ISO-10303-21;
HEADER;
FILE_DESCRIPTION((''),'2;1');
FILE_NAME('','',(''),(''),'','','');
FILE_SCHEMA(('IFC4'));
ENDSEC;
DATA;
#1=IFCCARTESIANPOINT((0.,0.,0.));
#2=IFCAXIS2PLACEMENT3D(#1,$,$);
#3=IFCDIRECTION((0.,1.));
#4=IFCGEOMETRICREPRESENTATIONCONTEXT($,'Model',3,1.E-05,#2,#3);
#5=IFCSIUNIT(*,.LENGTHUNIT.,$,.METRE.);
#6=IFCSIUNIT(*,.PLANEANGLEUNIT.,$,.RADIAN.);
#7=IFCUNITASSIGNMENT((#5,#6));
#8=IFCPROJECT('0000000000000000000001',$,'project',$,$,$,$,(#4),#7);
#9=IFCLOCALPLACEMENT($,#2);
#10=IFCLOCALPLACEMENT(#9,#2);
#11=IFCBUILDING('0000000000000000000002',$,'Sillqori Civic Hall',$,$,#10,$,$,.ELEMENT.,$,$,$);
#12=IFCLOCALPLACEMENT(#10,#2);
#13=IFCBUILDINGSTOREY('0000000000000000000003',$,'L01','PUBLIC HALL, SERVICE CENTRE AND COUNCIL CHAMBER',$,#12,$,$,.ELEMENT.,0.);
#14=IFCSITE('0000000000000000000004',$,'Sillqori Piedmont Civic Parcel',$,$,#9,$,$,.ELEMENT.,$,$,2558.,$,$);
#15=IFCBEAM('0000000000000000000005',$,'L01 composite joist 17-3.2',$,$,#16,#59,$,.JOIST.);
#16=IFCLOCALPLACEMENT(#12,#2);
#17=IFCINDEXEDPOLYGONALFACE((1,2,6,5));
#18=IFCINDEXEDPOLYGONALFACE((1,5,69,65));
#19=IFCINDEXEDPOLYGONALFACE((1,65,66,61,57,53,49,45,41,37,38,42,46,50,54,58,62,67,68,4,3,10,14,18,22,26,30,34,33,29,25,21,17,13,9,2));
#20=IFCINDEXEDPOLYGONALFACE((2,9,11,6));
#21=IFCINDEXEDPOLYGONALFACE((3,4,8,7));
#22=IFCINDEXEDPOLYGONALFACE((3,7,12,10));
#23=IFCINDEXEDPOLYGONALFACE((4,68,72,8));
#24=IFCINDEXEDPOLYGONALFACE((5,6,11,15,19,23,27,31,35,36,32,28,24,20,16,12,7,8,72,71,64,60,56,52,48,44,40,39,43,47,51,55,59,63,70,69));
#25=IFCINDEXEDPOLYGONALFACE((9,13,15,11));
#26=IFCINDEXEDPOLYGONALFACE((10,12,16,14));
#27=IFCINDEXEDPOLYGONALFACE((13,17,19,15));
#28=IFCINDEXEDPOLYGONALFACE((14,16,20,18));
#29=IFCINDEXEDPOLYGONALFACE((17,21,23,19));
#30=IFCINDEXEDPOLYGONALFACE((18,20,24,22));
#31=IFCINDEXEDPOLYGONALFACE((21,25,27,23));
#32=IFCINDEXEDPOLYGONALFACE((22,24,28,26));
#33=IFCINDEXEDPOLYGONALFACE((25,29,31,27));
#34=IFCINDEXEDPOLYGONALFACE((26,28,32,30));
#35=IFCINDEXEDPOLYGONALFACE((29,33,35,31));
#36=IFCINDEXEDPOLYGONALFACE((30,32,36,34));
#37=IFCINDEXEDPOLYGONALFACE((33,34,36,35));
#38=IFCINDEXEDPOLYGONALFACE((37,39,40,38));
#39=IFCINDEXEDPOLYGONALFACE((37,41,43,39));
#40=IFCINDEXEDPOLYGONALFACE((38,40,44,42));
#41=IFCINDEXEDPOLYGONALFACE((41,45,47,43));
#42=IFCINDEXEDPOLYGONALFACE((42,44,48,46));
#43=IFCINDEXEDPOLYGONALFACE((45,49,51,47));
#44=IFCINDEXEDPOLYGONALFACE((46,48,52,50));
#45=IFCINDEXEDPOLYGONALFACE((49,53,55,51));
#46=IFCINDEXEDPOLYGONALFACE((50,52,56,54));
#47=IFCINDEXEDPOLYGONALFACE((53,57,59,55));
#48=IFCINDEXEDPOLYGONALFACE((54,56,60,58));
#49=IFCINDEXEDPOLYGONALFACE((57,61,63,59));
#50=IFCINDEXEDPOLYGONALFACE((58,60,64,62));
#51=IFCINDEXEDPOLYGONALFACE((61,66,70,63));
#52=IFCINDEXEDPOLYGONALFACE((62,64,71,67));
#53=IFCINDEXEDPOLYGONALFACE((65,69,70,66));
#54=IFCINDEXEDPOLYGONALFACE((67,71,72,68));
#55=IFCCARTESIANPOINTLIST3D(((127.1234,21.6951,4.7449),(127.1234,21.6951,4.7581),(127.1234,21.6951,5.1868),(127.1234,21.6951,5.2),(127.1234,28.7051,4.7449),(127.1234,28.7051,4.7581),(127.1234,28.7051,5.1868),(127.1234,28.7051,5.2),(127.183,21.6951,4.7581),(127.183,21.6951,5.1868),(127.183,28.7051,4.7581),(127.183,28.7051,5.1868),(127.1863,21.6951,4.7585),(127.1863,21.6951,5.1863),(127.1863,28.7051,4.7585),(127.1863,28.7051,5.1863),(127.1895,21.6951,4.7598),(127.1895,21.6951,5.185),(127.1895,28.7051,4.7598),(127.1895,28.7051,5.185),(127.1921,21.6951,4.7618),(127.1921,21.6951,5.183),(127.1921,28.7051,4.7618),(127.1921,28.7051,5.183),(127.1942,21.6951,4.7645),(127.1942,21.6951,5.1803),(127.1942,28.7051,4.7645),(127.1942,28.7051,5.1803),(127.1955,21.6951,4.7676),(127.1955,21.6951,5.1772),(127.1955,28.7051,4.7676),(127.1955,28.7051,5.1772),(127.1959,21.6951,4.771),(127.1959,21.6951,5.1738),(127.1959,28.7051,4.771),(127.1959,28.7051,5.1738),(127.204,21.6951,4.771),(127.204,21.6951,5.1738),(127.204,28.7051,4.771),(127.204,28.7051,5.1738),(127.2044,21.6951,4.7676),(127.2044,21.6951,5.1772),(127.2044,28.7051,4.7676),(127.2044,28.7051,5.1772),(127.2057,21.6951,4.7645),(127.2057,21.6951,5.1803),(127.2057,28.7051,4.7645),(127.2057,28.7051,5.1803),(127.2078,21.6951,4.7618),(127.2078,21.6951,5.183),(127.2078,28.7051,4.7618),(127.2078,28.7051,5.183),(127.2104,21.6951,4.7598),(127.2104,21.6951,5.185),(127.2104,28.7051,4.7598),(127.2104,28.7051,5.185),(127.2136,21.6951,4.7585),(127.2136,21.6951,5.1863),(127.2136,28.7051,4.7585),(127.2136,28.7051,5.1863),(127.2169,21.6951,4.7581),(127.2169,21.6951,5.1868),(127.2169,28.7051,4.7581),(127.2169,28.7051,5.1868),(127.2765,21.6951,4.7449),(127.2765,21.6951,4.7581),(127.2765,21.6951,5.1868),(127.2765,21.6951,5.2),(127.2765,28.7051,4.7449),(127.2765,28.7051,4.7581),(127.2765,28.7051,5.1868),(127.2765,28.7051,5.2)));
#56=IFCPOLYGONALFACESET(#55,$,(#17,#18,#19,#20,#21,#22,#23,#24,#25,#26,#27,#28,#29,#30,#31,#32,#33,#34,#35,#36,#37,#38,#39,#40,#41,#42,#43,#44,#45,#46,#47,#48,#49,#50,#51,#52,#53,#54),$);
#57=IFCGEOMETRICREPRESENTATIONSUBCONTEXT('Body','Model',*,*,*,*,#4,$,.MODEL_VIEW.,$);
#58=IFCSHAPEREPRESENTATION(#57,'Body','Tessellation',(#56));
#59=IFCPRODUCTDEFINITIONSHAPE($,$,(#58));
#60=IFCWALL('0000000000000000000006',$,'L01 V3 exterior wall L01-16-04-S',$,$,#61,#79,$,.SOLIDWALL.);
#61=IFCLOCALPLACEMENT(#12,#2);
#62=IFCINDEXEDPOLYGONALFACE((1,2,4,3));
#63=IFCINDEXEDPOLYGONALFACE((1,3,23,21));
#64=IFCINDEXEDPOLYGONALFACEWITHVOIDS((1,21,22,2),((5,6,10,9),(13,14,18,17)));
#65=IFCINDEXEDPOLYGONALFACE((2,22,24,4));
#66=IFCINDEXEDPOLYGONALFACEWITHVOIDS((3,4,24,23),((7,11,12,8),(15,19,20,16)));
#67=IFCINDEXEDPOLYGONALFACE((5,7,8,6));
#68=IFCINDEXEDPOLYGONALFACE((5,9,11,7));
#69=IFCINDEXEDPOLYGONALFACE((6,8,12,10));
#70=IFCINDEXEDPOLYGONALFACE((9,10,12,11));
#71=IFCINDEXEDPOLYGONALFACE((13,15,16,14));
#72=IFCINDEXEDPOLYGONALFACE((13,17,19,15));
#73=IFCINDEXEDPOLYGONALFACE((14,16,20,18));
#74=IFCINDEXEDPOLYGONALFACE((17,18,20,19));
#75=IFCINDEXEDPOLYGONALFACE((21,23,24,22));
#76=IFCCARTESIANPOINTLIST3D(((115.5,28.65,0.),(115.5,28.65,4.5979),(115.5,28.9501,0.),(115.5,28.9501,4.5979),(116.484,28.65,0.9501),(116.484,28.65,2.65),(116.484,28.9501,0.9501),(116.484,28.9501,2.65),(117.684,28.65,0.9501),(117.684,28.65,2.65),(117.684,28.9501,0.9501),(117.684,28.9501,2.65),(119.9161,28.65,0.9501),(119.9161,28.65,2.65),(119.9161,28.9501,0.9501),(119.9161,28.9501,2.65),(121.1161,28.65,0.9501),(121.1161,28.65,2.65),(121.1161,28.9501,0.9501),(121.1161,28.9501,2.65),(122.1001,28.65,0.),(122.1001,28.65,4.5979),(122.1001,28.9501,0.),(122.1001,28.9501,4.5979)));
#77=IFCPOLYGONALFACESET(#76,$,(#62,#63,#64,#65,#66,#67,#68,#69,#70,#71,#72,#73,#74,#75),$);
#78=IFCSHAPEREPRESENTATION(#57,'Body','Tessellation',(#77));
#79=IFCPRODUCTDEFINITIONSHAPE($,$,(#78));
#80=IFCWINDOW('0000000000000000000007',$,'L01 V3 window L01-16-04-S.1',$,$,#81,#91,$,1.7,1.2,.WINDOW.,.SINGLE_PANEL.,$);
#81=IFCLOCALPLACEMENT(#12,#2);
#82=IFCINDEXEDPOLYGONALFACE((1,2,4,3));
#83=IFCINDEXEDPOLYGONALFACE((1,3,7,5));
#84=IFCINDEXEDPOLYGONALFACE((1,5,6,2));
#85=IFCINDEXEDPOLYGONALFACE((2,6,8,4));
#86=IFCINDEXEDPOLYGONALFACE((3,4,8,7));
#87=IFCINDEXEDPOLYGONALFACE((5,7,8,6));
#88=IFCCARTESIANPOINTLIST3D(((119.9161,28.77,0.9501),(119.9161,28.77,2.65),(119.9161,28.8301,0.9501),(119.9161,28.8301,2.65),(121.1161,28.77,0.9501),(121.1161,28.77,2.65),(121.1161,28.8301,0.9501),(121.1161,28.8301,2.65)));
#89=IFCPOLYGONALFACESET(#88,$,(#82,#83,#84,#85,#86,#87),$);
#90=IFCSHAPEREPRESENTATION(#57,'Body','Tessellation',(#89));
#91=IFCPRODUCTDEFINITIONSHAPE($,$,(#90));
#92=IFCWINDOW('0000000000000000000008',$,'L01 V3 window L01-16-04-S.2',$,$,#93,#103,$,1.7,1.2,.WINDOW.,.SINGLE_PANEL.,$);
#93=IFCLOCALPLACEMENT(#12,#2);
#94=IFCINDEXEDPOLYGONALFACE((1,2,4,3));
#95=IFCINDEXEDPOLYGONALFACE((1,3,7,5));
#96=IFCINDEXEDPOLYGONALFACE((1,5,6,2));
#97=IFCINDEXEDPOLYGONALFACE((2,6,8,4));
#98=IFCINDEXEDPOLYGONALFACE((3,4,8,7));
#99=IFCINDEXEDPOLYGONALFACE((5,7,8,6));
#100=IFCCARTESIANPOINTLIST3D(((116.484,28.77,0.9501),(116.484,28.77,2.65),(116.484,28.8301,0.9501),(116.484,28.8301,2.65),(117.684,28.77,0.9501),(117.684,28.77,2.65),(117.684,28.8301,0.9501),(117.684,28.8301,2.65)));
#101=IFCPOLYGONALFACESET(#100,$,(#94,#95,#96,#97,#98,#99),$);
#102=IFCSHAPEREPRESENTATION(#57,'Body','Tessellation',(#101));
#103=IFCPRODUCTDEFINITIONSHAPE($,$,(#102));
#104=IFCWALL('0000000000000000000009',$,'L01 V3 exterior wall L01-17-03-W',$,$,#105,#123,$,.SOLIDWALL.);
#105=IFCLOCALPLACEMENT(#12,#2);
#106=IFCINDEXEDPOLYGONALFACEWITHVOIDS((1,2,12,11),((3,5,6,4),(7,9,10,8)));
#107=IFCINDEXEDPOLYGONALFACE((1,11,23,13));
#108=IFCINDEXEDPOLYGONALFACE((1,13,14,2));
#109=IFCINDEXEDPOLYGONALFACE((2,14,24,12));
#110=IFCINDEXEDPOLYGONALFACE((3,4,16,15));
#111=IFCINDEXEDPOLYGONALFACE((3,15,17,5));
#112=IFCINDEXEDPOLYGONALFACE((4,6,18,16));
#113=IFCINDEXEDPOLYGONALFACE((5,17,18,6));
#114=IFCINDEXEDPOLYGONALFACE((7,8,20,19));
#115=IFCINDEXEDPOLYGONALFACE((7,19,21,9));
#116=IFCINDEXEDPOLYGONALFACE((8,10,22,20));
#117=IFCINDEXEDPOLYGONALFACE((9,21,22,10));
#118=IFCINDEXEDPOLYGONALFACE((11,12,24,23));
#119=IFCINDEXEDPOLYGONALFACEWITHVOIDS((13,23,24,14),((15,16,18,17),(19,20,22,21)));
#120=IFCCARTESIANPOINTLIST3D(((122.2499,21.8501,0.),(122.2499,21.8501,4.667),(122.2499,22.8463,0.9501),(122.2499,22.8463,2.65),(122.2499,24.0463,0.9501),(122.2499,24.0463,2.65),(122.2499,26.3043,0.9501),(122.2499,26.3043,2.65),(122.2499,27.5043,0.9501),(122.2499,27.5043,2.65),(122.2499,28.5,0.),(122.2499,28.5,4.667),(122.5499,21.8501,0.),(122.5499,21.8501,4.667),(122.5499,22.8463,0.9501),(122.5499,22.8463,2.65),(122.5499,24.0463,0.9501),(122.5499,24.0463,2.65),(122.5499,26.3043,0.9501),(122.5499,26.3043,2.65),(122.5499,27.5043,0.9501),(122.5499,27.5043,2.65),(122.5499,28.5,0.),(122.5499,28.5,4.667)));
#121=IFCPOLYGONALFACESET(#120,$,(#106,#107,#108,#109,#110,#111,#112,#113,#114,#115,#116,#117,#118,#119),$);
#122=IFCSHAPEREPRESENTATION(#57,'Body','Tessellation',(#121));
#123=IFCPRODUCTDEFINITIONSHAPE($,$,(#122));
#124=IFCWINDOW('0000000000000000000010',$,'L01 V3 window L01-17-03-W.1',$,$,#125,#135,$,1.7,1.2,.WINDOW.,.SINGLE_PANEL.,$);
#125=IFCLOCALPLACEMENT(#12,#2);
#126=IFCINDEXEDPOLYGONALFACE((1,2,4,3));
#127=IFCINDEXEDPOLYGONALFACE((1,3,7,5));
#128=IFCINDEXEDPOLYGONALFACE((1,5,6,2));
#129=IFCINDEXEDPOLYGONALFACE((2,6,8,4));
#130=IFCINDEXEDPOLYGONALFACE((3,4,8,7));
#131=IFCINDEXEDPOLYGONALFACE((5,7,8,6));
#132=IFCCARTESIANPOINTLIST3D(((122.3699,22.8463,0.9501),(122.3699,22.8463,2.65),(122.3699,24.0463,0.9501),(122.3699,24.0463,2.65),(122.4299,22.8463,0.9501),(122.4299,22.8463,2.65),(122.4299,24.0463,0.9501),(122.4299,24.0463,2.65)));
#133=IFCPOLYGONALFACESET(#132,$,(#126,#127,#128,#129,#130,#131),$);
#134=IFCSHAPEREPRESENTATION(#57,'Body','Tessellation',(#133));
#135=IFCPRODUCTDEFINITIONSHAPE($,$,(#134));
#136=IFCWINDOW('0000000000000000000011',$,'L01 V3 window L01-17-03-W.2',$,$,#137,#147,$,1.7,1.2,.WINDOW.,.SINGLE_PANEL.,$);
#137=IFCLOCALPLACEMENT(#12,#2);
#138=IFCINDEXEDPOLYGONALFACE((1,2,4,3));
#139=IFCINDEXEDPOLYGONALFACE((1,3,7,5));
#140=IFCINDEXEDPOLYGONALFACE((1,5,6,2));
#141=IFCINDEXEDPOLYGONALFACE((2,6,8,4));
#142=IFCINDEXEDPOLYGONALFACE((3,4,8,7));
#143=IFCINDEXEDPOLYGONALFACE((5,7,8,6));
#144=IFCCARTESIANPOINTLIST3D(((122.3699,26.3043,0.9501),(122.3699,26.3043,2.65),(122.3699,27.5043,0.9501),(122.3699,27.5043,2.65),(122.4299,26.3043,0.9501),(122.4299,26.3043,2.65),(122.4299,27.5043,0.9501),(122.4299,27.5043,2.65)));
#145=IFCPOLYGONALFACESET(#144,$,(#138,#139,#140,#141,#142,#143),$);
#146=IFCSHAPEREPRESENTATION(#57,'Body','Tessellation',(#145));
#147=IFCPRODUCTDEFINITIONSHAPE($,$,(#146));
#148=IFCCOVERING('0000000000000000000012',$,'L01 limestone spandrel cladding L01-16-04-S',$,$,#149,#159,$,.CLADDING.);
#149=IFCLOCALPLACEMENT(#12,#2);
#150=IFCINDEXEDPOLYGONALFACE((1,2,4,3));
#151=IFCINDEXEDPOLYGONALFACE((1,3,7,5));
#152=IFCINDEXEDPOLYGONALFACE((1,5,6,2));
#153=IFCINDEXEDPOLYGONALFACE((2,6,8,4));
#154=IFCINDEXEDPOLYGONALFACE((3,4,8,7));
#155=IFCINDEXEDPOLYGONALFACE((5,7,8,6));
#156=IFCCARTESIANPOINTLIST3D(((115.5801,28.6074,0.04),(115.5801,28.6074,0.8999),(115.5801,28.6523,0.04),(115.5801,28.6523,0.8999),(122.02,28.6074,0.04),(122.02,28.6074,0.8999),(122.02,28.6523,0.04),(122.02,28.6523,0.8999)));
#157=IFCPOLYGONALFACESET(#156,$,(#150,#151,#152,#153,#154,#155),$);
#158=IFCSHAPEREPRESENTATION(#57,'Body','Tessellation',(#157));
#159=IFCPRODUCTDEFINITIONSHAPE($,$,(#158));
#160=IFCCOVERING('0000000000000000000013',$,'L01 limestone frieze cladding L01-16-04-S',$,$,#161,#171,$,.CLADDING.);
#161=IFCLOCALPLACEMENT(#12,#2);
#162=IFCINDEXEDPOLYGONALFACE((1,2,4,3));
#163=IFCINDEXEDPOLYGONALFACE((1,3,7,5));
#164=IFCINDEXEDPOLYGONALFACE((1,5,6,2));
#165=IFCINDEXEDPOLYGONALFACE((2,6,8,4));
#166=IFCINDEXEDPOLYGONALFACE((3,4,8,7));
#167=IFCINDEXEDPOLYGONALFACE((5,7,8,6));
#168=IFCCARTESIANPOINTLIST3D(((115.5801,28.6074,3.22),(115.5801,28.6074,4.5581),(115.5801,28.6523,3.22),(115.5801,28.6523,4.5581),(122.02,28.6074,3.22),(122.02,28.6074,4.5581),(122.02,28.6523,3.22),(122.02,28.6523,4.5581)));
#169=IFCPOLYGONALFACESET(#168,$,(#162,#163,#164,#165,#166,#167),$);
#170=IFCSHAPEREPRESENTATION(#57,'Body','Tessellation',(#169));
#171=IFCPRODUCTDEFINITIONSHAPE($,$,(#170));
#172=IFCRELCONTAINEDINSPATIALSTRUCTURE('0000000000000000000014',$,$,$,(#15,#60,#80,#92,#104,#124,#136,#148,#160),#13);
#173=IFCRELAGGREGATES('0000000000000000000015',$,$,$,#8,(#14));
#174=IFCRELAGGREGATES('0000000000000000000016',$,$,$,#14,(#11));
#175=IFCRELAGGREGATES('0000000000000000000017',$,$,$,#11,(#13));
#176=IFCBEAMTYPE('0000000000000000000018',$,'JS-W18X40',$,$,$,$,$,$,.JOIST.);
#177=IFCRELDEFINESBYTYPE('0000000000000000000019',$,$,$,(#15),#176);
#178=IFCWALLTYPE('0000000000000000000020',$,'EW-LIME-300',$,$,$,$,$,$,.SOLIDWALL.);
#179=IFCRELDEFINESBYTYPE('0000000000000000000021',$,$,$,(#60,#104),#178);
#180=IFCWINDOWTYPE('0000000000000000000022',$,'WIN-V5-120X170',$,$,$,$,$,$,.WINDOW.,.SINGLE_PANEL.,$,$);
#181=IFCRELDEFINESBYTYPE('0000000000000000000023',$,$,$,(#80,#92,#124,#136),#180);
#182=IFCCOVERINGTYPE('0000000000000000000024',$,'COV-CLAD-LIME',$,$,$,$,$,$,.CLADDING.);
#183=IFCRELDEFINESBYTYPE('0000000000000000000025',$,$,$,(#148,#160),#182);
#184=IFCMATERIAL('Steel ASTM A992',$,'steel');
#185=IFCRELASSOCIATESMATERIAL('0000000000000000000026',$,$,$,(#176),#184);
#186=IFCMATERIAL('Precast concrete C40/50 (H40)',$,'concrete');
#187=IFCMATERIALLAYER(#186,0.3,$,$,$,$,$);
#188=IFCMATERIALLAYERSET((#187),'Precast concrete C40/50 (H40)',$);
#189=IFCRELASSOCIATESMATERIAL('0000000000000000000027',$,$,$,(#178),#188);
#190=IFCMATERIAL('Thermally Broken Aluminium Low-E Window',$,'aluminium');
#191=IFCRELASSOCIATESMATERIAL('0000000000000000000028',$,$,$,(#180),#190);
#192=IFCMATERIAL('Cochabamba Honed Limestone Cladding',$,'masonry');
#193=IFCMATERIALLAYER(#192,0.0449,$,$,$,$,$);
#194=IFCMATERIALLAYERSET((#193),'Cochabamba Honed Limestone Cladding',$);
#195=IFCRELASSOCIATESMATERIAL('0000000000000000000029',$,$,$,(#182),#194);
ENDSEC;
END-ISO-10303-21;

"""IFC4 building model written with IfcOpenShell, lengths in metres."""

from ifc_helpers import new_model, si_unit, direction, frame, frame_2d, origin, origin_2d, place, context, subcontext, project, spatial, rectangle, i_section, extrude, material, layer, layer_set, material_profile, profile_set, type_object, element, fill, save


model = new_model("IFC4")

# Units and contexts
model_context = context("Model", 3, precision=1e-05, world=origin(), true_north=direction((0.0, 1.0)))
body_context = subcontext(model_context, "Body", "Model", "MODEL_VIEW")
ifc_project = project(units=[si_unit("LENGTHUNIT", "METRE"), si_unit("PLANEANGLEUNIT", "RADIAN")], contexts=[model_context])

# Site, building, storey
site_placement = place(None, origin())
site = spatial("IfcSite", under=ifc_project, at=site_placement, Name="Sillqori Piedmont Civic Parcel", CompositionType="ELEMENT", RefElevation=2558.0)
building_placement = place(site_placement, origin())
building = spatial("IfcBuilding", under=site, at=building_placement, Name="Sillqori Civic Hall", CompositionType="ELEMENT")
storey_placement = place(building_placement, origin())
storey = spatial("IfcBuildingStorey", under=building, at=storey_placement, Name="L01", Description="PUBLIC HALL, SERVICE CENTRE AND COUNCIL CHAMBER", CompositionType="ELEMENT", Elevation=0.0)

# Shared definitions
ifc_material_1 = material(Name="Steel ASTM A992", Category="steel")

# Beam
ifc_material_profile_1 = material_profile(ifc_material_1, i_section(OverallWidth=0.1531, OverallDepth=0.4551, WebThickness=0.0081, FlangeThickness=0.0132, FilletRadius=0.0129, at=origin_2d()), Name="W18X40")
ifc_profile_set_1 = profile_set([ifc_material_profile_1], Name="Steel ASTM A992")
beam_type_1 = type_object("IfcBeamType", Name="JS-W18X40", PredefinedType="JOIST", material=ifc_profile_set_1)
for number, where, z_axis, x_axis, name in (
    (1, (127.2, 21.6951, 4.9724), (0.0, 1.0, 0.0), (-1.0, 0.0, 0.0), "L01 composite joist 17-3.2"),
):
    element("IfcBeam", number, at=place(storey_placement, frame(where, z_axis=z_axis, x_axis=x_axis)), inside=storey, type_object=beam_type_1, Name=name, PredefinedType="JOIST", context=body_context, shape_type="SweptSolid", body=[
        extrude(i_section(OverallWidth=0.1531, OverallDepth=0.4551, WebThickness=0.0081, FlangeThickness=0.0132, FilletRadius=0.0129, at=origin_2d()), origin(), (0.0, 0.0, 1.0), 7.01),
    ])

# Walls, openings, windows
ifc_material_2 = material(Name="Precast concrete C40/50 (H40)", Category="concrete")
ifc_layer_1 = layer(ifc_material_2, 0.3)
ifc_layer_set_1 = layer_set([ifc_layer_1], Name="Precast concrete C40/50 (H40)")
wall_type = type_object("IfcWallType", Name="EW-LIME-300", PredefinedType="SOLIDWALL", material=ifc_layer_set_1)
wall_1_placement = place(storey_placement, frame((122.1001, 28.8, 0.0), z_axis=(0.0, 0.0, 1.0), x_axis=(-1.0, 0.0, 0.0)))
wall_1 = element("IfcWall", 2, at=wall_1_placement, inside=storey, type_object=wall_type, Name="L01 V3 exterior wall L01-16-04-S", PredefinedType="SOLIDWALL", context=body_context, shape_type="SweptSolid", body=[
    extrude(rectangle(XDim=6.6001, YDim=0.3, at=frame_2d((3.3, 0.0))), origin(), (0.0, 0.0, 1.0), 4.5979),
])
opening_1_placement = place(wall_1_placement, frame((0.9839, 0.0, 0.95)))
opening_1 = element("IfcOpeningElement", 3, at=opening_1_placement, cuts=wall_1, PredefinedType="OPENING", context=body_context, shape_type="SweptSolid", body=[
    extrude(rectangle(XDim=1.2, YDim=1.7, at=frame_2d((0.6001, 0.8501))), frame((0.0, 0.1599, 0.0), z_axis=(0.0, -1.0, 0.0), x_axis=(1.0, 0.0, 0.0)), (0.0, 0.0, 1.0), 0.3201),
])
opening_2_placement = place(wall_1_placement, frame((4.416, 0.0, 0.95)))
opening_2 = element("IfcOpeningElement", 4, at=opening_2_placement, cuts=wall_1, PredefinedType="OPENING", context=body_context, shape_type="SweptSolid", body=[
    extrude(rectangle(XDim=1.2, YDim=1.7, at=frame_2d((0.6001, 0.8501))), frame((0.0, 0.1599, 0.0), z_axis=(0.0, -1.0, 0.0), x_axis=(1.0, 0.0, 0.0)), (0.0, 0.0, 1.0), 0.3201),
])
ifc_material_3 = material(Name="Thermally Broken Aluminium Low-E Window", Category="aluminium")
window_type = type_object("IfcWindowType", Name="WIN-V5-120X170", PartitioningType="SINGLE_PANEL", PredefinedType="WINDOW", material=ifc_material_3)
window_1_placement = place(opening_1_placement, origin())
window_1 = element("IfcWindow", 5, at=window_1_placement, inside=storey, type_object=window_type, Name="L01 V3 window L01-16-04-S.1", OverallHeight=1.7, OverallWidth=1.2, PartitioningType="SINGLE_PANEL", PredefinedType="WINDOW", context=body_context, shape_type="SweptSolid", body=[
    extrude(rectangle(XDim=1.2, YDim=1.7, at=frame_2d((0.6001, 0.8501))), frame((0.0, 0.03, 0.0), z_axis=(0.0, -1.0, 0.0), x_axis=(1.0, 0.0, 0.0)), (0.0, 0.0, 1.0), 0.0601),
])
fill(opening_1, window_1)
window_2_placement = place(opening_2_placement, origin())
window_2 = element("IfcWindow", 6, at=window_2_placement, inside=storey, type_object=window_type, Name="L01 V3 window L01-16-04-S.2", OverallHeight=1.7, OverallWidth=1.2, PartitioningType="SINGLE_PANEL", PredefinedType="WINDOW", context=body_context, shape_type="SweptSolid", body=[
    extrude(rectangle(XDim=1.2, YDim=1.7, at=frame_2d((0.6001, 0.8501))), frame((0.0, 0.03, 0.0), z_axis=(0.0, -1.0, 0.0), x_axis=(1.0, 0.0, 0.0)), (0.0, 0.0, 1.0), 0.0601),
])
fill(opening_2, window_2)
wall_2_placement = place(storey_placement, frame((122.3999, 21.8501, 0.0), z_axis=(0.0, 0.0, 1.0), x_axis=(0.0, 1.0, 0.0)))
wall_2 = element("IfcWall", 7, at=wall_2_placement, inside=storey, type_object=wall_type, Name="L01 V3 exterior wall L01-17-03-W", PredefinedType="SOLIDWALL", context=body_context, shape_type="SweptSolid", body=[
    extrude(rectangle(XDim=6.6499, YDim=0.3, at=frame_2d((3.325, 0.0))), origin(), (0.0, 0.0, 1.0), 4.667),
])
opening_3_placement = place(wall_2_placement, frame((0.9961, 0.0, 0.95)))
opening_3 = element("IfcOpeningElement", 8, at=opening_3_placement, cuts=wall_2, PredefinedType="OPENING", context=body_context, shape_type="SweptSolid", body=[
    extrude(rectangle(XDim=1.2, YDim=1.7, at=frame_2d((0.6001, 0.8501))), frame((0.0, 0.1599, 0.0), z_axis=(0.0, -1.0, 0.0), x_axis=(1.0, 0.0, 0.0)), (0.0, 0.0, 1.0), 0.3201),
])
opening_4_placement = place(wall_2_placement, frame((4.4541, 0.0, 0.95)))
opening_4 = element("IfcOpeningElement", 9, at=opening_4_placement, cuts=wall_2, PredefinedType="OPENING", context=body_context, shape_type="SweptSolid", body=[
    extrude(rectangle(XDim=1.2, YDim=1.7, at=frame_2d((0.6001, 0.8501))), frame((0.0, 0.1599, 0.0), z_axis=(0.0, -1.0, 0.0), x_axis=(1.0, 0.0, 0.0)), (0.0, 0.0, 1.0), 0.3201),
])
window_3_placement = place(opening_3_placement, origin())
window_3 = element("IfcWindow", 10, at=window_3_placement, inside=storey, type_object=window_type, Name="L01 V3 window L01-17-03-W.1", OverallHeight=1.7, OverallWidth=1.2, PartitioningType="SINGLE_PANEL", PredefinedType="WINDOW", context=body_context, shape_type="SweptSolid", body=[
    extrude(rectangle(XDim=1.2, YDim=1.7, at=frame_2d((0.6001, 0.8501))), frame((0.0, 0.03, 0.0), z_axis=(0.0, -1.0, 0.0), x_axis=(1.0, 0.0, 0.0)), (0.0, 0.0, 1.0), 0.0601),
])
fill(opening_3, window_3)
window_4_placement = place(opening_4_placement, origin())
window_4 = element("IfcWindow", 11, at=window_4_placement, inside=storey, type_object=window_type, Name="L01 V3 window L01-17-03-W.2", OverallHeight=1.7, OverallWidth=1.2, PartitioningType="SINGLE_PANEL", PredefinedType="WINDOW", context=body_context, shape_type="SweptSolid", body=[
    extrude(rectangle(XDim=1.2, YDim=1.7, at=frame_2d((0.6001, 0.8501))), frame((0.0, 0.03, 0.0), z_axis=(0.0, -1.0, 0.0), x_axis=(1.0, 0.0, 0.0)), (0.0, 0.0, 1.0), 0.0601),
])
fill(opening_4, window_4)

# Coverings
ifc_material_4 = material(Name="Cochabamba Honed Limestone Cladding", Category="masonry")
ifc_layer_2 = layer(ifc_material_4, 0.0449)
ifc_layer_set_2 = layer_set([ifc_layer_2], Name="Cochabamba Honed Limestone Cladding")
covering_type = type_object("IfcCoveringType", Name="COV-CLAD-LIME", PredefinedType="CLADDING", material=ifc_layer_set_2)
covering_1_placement = place(storey_placement, frame((122.02, 28.6299, 0.04), z_axis=(0.0, 0.0, 1.0), x_axis=(-1.0, 0.0, 0.0)))
element("IfcCovering", 12, at=covering_1_placement, inside=storey, type_object=covering_type, Name="L01 limestone spandrel cladding L01-16-04-S", PredefinedType="CLADDING", context=body_context, shape_type="SweptSolid", body=[
    extrude(rectangle(XDim=6.4399, YDim=0.0449, at=frame_2d((3.22, 0.0))), origin(), (0.0, 0.0, 1.0), 0.8599),
])
covering_2_placement = place(storey_placement, frame((122.02, 28.6299, 3.22), z_axis=(0.0, 0.0, 1.0), x_axis=(-1.0, 0.0, 0.0)))
element("IfcCovering", 13, at=covering_2_placement, inside=storey, type_object=covering_type, Name="L01 limestone frieze cladding L01-16-04-S", PredefinedType="CLADDING", context=body_context, shape_type="SweptSolid", body=[
    extrude(rectangle(XDim=6.4399, YDim=0.0449, at=frame_2d((3.22, 0.0))), origin(), (0.0, 0.0, 1.0), 1.3381),
])

save(model, "model.ifc")
